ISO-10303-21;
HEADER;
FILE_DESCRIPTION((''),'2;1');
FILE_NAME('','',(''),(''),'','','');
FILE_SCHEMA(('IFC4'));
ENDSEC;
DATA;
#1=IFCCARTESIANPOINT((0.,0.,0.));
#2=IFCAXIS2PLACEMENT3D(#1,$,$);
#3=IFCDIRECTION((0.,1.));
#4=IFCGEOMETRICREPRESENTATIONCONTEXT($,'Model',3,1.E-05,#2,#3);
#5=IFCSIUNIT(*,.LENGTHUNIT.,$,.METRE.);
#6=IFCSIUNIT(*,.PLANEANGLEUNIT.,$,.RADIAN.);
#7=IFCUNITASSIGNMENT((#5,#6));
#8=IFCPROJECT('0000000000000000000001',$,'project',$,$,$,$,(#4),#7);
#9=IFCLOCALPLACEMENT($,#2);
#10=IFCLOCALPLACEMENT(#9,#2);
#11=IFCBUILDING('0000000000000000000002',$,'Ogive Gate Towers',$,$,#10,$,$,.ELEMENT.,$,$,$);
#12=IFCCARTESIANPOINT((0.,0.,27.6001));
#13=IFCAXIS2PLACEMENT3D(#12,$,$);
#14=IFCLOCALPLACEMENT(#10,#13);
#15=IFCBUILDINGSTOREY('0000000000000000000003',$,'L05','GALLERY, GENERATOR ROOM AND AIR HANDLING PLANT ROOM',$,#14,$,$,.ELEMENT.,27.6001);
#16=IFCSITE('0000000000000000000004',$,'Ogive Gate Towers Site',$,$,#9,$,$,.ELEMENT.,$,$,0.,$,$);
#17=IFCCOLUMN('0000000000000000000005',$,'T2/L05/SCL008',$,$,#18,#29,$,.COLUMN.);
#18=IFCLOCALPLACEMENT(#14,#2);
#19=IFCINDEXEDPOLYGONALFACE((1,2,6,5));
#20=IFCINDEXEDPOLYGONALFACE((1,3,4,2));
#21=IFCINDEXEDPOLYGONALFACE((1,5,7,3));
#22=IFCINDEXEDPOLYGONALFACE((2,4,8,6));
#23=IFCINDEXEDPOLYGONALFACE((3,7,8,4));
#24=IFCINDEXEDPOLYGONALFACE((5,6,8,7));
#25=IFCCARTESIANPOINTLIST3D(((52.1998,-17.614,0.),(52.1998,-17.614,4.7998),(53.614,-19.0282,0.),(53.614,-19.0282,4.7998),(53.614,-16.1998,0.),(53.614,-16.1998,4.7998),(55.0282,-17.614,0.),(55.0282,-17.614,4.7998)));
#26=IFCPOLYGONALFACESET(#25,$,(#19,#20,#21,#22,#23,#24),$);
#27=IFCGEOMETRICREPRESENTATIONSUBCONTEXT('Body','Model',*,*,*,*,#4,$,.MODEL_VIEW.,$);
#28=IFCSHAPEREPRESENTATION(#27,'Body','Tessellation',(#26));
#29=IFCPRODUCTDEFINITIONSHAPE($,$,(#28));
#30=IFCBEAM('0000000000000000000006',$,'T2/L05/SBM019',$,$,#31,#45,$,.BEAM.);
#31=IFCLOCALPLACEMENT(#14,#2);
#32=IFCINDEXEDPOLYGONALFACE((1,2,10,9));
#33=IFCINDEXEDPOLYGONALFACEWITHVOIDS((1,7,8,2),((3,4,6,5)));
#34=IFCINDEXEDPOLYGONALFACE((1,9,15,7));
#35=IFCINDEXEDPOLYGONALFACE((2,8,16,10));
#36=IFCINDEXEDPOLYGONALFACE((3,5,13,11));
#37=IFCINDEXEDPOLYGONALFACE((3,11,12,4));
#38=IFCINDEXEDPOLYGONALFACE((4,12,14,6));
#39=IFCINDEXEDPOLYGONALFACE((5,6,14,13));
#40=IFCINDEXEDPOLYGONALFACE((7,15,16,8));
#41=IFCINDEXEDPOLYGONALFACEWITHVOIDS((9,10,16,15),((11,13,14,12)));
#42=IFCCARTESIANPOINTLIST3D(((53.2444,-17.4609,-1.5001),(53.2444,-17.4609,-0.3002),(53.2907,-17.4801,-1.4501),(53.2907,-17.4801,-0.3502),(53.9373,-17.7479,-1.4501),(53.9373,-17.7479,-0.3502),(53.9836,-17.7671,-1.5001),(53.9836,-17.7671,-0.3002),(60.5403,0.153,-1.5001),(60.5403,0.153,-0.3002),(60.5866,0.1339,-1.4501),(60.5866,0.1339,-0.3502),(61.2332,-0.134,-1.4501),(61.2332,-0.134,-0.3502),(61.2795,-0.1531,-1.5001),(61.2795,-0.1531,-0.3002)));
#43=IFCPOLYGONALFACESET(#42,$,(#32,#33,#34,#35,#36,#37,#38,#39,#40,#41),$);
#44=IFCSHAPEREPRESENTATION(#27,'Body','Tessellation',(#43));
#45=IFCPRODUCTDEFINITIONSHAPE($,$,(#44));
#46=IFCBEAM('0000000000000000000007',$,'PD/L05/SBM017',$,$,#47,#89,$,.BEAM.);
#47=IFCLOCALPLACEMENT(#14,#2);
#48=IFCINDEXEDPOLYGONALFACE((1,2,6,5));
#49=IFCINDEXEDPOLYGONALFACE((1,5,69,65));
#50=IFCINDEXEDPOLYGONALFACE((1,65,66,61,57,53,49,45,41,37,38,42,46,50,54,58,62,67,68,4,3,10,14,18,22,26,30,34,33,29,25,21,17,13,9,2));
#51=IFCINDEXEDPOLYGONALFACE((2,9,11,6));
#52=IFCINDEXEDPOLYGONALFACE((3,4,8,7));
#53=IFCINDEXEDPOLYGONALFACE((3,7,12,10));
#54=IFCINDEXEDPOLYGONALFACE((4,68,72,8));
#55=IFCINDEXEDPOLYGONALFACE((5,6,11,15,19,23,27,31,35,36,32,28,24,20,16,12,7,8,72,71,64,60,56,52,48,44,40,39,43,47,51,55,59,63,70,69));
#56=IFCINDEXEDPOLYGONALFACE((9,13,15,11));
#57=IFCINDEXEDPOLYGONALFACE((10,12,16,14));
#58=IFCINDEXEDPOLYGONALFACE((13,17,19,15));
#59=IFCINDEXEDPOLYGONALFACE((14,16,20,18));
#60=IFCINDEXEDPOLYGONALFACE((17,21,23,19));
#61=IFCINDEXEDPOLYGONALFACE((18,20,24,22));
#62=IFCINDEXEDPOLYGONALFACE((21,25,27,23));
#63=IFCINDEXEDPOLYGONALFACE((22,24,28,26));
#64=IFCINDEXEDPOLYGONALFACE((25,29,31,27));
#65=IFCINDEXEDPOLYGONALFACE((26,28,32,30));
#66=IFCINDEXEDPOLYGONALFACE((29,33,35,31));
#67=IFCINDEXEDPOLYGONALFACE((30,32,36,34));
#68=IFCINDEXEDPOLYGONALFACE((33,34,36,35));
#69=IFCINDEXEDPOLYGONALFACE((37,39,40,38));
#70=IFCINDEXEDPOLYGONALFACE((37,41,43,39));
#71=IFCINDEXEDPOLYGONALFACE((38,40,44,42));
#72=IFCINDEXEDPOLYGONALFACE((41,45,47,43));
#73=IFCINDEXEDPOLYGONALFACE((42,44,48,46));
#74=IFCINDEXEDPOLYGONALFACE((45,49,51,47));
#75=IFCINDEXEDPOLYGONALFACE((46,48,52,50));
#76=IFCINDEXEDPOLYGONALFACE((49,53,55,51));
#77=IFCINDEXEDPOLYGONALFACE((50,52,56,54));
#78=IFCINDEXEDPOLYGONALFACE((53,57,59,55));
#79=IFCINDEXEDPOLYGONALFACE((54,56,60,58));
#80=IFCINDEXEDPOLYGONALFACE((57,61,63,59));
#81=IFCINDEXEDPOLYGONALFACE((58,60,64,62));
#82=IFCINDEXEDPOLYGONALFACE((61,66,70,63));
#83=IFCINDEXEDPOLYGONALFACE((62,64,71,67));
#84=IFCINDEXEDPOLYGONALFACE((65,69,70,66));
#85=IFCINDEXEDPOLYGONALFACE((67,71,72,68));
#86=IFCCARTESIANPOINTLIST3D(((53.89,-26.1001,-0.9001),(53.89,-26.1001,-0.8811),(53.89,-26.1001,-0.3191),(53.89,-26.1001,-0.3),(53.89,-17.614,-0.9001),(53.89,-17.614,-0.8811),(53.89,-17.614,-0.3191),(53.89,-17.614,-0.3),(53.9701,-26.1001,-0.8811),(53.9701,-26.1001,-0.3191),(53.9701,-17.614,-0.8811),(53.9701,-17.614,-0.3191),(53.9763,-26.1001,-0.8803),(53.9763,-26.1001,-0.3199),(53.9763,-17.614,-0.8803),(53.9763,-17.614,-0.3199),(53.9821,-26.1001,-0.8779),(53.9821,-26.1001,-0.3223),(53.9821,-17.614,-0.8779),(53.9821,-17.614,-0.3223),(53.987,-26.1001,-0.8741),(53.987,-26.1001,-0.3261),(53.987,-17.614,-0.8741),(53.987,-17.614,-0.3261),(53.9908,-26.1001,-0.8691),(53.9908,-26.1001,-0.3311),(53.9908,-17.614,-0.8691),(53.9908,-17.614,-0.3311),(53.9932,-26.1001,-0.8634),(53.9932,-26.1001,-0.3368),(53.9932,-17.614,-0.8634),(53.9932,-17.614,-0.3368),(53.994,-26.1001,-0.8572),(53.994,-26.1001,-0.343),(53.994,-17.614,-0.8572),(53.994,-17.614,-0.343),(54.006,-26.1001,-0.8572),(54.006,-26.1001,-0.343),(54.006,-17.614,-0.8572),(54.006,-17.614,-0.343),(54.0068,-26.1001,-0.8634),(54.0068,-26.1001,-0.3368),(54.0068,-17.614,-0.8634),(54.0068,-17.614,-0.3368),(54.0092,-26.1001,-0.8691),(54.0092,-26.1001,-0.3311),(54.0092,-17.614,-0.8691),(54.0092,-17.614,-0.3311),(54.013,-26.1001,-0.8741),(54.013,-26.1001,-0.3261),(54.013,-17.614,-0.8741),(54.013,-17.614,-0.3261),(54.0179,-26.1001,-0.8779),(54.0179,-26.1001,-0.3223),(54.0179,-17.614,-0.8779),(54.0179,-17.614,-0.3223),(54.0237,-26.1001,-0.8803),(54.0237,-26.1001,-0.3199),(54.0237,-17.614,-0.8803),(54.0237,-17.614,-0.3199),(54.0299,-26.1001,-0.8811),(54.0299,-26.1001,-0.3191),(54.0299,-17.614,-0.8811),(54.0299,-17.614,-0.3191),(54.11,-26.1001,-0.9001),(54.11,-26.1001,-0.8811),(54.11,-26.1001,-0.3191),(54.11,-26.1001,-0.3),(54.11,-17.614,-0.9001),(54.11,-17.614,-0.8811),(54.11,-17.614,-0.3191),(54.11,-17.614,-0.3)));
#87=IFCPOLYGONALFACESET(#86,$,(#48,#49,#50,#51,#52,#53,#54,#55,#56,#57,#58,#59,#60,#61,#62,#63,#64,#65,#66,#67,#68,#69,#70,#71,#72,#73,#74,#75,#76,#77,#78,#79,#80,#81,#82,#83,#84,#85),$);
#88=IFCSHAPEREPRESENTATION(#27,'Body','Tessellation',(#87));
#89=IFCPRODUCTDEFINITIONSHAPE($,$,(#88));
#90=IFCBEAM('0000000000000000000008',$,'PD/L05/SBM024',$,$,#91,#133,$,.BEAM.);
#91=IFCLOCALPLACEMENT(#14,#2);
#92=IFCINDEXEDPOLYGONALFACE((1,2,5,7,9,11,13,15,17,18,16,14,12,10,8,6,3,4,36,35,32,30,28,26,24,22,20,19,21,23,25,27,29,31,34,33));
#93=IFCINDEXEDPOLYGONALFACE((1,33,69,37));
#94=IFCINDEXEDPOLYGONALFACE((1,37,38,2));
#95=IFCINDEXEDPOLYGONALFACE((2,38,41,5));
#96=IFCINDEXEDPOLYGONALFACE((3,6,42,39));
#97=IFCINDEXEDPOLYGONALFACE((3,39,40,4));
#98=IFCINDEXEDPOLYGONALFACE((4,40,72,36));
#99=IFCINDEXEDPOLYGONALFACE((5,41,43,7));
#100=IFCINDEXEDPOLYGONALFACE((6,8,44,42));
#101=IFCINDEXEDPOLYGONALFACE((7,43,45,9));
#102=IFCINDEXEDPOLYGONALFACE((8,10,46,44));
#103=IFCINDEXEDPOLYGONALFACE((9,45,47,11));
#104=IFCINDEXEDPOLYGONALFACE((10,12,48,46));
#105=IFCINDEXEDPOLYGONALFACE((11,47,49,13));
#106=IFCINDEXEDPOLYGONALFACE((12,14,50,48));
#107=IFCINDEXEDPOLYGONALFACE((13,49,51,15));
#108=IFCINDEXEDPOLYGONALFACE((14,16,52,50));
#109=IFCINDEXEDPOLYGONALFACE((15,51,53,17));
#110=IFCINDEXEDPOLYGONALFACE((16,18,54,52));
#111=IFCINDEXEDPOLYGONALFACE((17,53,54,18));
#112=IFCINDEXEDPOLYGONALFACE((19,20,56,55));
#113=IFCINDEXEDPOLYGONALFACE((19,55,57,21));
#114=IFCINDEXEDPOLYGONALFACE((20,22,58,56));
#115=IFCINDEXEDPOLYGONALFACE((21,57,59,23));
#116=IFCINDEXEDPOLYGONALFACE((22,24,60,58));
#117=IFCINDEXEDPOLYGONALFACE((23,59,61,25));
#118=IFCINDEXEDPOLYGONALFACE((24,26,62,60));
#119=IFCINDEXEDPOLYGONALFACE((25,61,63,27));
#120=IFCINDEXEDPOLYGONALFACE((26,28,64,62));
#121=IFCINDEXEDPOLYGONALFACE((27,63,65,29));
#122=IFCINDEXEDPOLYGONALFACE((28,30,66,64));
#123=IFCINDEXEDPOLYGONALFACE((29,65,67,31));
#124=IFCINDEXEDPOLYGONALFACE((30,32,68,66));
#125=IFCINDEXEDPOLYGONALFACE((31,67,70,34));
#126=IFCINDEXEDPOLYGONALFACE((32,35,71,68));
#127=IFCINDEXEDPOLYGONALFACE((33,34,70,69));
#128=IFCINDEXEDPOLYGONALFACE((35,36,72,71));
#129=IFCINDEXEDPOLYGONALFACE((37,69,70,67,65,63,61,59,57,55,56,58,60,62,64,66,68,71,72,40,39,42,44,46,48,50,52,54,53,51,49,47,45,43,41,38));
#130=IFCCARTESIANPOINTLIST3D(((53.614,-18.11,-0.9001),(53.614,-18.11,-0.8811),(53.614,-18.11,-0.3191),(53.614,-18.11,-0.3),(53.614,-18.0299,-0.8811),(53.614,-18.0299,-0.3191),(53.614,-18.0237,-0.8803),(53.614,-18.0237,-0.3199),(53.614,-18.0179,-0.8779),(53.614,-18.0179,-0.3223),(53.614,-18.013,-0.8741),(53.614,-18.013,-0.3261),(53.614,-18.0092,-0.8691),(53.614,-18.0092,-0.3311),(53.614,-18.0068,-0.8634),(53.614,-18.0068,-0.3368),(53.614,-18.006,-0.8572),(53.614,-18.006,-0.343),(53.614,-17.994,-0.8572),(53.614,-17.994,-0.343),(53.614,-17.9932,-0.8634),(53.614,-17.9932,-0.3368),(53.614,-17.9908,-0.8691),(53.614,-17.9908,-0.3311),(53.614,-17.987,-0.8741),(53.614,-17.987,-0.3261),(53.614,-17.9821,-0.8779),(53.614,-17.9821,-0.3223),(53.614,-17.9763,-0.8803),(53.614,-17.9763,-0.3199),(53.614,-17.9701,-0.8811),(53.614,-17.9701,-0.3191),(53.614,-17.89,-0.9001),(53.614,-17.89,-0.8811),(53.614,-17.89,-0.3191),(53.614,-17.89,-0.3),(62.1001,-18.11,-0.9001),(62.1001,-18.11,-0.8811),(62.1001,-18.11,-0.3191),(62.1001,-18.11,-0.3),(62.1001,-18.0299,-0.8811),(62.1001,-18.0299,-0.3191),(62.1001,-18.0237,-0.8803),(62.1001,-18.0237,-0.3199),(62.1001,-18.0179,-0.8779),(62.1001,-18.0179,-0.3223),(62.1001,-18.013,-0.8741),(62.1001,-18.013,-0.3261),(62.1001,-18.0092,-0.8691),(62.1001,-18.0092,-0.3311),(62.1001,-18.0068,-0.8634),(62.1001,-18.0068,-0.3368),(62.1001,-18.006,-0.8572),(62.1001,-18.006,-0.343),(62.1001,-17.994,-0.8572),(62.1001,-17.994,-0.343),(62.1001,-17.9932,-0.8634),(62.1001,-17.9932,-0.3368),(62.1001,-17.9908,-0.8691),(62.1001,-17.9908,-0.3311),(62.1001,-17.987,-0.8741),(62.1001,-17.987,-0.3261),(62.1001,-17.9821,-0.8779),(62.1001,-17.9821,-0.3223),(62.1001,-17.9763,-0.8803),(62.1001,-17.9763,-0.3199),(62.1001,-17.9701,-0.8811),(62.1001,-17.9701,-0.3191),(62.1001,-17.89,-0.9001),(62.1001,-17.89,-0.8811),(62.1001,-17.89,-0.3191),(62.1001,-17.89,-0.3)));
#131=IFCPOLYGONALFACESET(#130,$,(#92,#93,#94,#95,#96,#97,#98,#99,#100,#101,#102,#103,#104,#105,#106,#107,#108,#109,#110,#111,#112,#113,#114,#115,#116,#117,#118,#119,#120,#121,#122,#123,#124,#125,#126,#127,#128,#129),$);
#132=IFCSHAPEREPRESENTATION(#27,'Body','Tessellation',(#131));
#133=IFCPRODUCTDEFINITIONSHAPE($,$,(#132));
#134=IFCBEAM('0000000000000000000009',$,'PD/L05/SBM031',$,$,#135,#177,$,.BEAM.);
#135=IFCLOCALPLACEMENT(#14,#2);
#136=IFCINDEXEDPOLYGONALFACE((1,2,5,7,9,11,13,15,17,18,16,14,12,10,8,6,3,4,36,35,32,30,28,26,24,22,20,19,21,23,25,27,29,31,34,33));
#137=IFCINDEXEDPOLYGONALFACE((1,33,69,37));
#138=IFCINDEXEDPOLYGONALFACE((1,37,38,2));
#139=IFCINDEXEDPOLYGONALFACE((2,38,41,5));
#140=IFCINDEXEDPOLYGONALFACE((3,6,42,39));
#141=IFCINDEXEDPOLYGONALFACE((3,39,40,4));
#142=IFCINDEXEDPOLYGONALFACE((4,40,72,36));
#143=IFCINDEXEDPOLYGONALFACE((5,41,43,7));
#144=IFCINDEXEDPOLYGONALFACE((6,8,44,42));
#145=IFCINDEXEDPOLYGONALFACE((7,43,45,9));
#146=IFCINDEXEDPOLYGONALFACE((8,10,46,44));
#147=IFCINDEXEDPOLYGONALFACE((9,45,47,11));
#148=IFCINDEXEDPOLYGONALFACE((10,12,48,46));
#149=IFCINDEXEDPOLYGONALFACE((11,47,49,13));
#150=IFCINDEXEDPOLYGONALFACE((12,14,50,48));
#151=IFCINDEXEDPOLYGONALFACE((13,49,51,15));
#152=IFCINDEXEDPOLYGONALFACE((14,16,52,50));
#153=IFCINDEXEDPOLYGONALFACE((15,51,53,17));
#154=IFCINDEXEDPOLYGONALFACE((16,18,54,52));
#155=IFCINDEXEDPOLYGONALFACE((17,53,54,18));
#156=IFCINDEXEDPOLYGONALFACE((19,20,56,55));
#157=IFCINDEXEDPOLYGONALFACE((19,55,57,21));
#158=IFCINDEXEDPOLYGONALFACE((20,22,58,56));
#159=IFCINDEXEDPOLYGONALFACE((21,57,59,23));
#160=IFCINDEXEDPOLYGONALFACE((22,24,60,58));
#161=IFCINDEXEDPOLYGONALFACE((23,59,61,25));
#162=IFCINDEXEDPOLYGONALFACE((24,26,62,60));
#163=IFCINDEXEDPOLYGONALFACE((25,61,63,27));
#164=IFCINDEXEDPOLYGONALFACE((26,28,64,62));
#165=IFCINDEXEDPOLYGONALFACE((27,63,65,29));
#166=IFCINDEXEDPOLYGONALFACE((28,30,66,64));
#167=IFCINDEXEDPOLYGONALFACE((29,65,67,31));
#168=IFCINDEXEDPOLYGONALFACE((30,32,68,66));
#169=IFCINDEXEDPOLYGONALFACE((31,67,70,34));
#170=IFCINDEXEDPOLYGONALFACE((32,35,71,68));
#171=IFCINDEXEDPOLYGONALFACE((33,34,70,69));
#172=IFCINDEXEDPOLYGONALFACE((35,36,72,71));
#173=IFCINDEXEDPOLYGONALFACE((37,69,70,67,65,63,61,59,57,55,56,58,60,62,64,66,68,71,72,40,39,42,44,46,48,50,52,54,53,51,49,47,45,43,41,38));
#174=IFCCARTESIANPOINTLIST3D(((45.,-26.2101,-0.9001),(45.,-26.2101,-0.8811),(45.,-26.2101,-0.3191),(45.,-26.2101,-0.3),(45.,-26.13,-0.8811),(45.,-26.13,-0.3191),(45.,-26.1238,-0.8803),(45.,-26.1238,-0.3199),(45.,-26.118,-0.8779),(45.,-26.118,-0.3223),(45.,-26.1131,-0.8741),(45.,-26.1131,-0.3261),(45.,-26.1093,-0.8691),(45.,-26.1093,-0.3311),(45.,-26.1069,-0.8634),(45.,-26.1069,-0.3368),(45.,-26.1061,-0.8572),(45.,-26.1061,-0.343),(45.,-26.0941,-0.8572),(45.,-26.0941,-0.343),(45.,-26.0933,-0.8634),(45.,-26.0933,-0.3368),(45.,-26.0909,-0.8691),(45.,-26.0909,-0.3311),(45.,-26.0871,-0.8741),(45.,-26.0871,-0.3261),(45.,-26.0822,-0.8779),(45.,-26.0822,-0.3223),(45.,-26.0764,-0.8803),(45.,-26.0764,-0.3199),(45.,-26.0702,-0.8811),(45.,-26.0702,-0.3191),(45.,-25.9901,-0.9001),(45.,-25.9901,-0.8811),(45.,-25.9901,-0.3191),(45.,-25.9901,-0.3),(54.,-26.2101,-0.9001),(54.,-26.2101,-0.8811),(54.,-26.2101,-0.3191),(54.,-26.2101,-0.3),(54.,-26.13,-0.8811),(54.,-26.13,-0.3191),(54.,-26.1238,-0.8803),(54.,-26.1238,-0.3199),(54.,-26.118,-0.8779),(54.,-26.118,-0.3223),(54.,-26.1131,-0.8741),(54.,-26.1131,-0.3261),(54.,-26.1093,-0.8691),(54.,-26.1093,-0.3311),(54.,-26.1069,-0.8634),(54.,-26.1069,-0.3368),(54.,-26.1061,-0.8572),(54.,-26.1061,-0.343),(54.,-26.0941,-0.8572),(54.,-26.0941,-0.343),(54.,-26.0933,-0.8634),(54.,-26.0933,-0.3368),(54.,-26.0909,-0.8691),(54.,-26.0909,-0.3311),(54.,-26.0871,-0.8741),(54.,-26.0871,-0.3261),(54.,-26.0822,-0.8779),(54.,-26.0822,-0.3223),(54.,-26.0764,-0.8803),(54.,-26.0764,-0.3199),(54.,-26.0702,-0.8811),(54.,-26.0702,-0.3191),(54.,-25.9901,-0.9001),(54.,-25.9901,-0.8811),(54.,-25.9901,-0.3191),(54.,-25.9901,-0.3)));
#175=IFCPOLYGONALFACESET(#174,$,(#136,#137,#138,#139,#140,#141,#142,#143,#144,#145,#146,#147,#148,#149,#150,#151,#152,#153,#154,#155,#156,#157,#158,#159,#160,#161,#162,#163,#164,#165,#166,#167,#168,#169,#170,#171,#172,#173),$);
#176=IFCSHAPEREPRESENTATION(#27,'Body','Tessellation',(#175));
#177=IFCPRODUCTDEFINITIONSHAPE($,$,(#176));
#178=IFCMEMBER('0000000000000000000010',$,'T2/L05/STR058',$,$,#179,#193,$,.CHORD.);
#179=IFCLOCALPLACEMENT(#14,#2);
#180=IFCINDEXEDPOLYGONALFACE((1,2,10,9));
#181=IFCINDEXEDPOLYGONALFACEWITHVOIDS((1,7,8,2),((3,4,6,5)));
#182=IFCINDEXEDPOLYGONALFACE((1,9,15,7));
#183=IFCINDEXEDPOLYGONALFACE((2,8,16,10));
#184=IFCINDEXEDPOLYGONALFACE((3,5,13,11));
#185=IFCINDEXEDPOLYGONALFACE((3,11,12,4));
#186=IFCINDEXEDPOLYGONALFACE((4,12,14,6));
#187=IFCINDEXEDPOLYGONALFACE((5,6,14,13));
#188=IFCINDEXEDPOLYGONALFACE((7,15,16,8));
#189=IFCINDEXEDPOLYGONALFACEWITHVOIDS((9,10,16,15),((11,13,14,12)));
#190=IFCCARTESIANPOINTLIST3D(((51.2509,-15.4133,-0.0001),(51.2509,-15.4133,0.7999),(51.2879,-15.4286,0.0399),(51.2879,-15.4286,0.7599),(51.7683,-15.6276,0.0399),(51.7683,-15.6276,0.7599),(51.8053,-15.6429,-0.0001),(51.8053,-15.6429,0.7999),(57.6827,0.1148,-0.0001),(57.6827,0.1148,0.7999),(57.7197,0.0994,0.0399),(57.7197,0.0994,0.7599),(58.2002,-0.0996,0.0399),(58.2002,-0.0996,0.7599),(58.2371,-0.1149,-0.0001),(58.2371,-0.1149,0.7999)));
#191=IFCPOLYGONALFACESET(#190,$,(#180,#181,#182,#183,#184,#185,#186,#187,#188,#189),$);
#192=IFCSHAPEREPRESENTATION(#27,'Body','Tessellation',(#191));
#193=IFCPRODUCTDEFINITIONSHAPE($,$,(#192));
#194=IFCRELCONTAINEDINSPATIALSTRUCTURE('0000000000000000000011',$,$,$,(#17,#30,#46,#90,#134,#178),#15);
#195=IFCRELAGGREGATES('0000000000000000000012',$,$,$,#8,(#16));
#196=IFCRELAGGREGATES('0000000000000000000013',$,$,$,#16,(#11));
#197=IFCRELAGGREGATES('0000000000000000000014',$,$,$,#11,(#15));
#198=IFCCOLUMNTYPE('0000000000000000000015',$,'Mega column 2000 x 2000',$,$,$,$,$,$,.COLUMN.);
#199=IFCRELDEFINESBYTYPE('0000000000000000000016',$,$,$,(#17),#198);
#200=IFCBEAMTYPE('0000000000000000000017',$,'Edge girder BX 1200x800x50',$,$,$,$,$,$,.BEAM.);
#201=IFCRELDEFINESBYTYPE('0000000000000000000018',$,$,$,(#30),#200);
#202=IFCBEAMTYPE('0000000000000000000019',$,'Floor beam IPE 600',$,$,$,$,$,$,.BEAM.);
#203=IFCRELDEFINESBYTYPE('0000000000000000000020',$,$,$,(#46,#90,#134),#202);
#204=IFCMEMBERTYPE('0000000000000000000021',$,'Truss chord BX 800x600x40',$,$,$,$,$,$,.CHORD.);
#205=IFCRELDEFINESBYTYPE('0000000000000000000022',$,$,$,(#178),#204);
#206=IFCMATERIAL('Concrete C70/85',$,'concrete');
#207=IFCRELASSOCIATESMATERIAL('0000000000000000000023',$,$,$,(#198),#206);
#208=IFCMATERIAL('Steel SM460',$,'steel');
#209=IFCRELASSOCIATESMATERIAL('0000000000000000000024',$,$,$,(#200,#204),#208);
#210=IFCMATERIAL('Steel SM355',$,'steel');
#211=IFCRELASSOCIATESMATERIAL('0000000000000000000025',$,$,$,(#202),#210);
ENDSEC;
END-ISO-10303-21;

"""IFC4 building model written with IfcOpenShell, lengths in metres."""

from ifc_helpers import new_model, si_unit, direction, frame, origin, origin_2d, place, context, subcontext, project, spatial, rectangle, hollow_rectangle, i_section, extrude, material, material_profile, profile_set, type_object, element, save


model = new_model("IFC4")

# Units and contexts
model_context = context("Model", 3, precision=1e-05, world=origin(), true_north=direction((0.0, 1.0)))
body_context = subcontext(model_context, "Body", "Model", "MODEL_VIEW")
ifc_project = project(units=[si_unit("LENGTHUNIT", "METRE"), si_unit("PLANEANGLEUNIT", "RADIAN")], contexts=[model_context])

# Site, building, storey
site_placement = place(None, origin())
site = spatial("IfcSite", under=ifc_project, at=site_placement, Name="Ogive Gate Towers Site", CompositionType="ELEMENT", RefElevation=0.0)
building_placement = place(site_placement, origin())
building = spatial("IfcBuilding", under=site, at=building_placement, Name="Ogive Gate Towers", CompositionType="ELEMENT")
storey_placement = place(building_placement, frame((0.0, 0.0, 27.6001)))
storey = spatial("IfcBuildingStorey", under=building, at=storey_placement, Name="L05", Description="GALLERY, GENERATOR ROOM AND AIR HANDLING PLANT ROOM", CompositionType="ELEMENT", Elevation=27.6001)

# Column
ifc_material_1 = material(Name="Concrete C70/85", Category="concrete")
ifc_material_profile_1 = material_profile(ifc_material_1, rectangle(XDim=2.0, YDim=2.0, at=origin_2d()), Name="RC 2000x2000")
ifc_profile_set_1 = profile_set([ifc_material_profile_1], Name="Concrete C70/85")
column_type = type_object("IfcColumnType", Name="Mega column 2000 x 2000", PredefinedType="COLUMN", material=ifc_profile_set_1)
column_placement = place(storey_placement, frame((53.614, -17.614, 0.0), z_axis=(0.0, 0.0, 1.0), x_axis=(0.707107, -0.707107, 0.0)))
element("IfcColumn", 1, at=column_placement, inside=storey, type_object=column_type, Name="T2/L05/SCL008", PredefinedType="COLUMN", context=body_context, shape_type="SweptSolid", body=[
    extrude(rectangle(XDim=2.0, YDim=2.0, at=origin_2d()), origin(), (0.0, 0.0, 1.0), 4.7998),
])

# Beams
ifc_material_2 = material(Name="Steel SM460", Category="steel")
ifc_material_profile_2 = material_profile(ifc_material_2, hollow_rectangle(XDim=0.8, YDim=1.2, WallThickness=0.05, at=origin_2d()), Name="BX 1200x800x50")
ifc_profile_set_2 = profile_set([ifc_material_profile_2], Name="Steel SM460")
beam_type_1 = type_object("IfcBeamType", Name="Edge girder BX 1200x800x50", PredefinedType="BEAM", material=ifc_profile_set_2)
beam_1_placement = place(storey_placement, frame((53.614, -17.614, -0.9001), z_axis=(0.382681, 0.923881, 0.0), x_axis=(-0.923881, 0.382681, 0.0)))
element("IfcBeam", 2, at=beam_1_placement, inside=storey, type_object=beam_type_1, Name="T2/L05/SBM019", PredefinedType="BEAM", context=body_context, shape_type="SweptSolid", body=[
    extrude(hollow_rectangle(XDim=0.8, YDim=1.2, WallThickness=0.05, at=origin_2d()), origin(), (0.0, 0.0, 1.0), 19.0652),
])
ifc_material_3 = material(Name="Steel SM355", Category="steel")
ifc_material_profile_3 = material_profile(ifc_material_3, i_section(OverallWidth=0.22, OverallDepth=0.6001, WebThickness=0.012, FlangeThickness=0.019, FilletRadius=0.0239, at=origin_2d()), Name="IPE 600")
ifc_profile_set_3 = profile_set([ifc_material_profile_3], Name="Steel SM355")
beam_type_2 = type_object("IfcBeamType", Name="Floor beam IPE 600", PredefinedType="BEAM", material=ifc_profile_set_3)
for number, where, z_axis, x_axis, name in (
    (3, (54.0, -26.1001, -0.6001), (0.0, 1.0, 0.0), (-1.0, 0.0, 0.0), "PD/L05/SBM017"),
    (4, (53.614, -18.0, -0.6001), (1.0, 0.0, 0.0), (0.0, 1.0, 0.0), "PD/L05/SBM024"),
):
    element("IfcBeam", number, at=place(storey_placement, frame(where, z_axis=z_axis, x_axis=x_axis)), inside=storey, type_object=beam_type_2, Name=name, PredefinedType="BEAM", context=body_context, shape_type="SweptSolid", body=[
        extrude(i_section(OverallWidth=0.22, OverallDepth=0.6001, WebThickness=0.012, FlangeThickness=0.019, FilletRadius=0.0239, at=origin_2d()), origin(), (0.0, 0.0, 1.0), 8.4861),
    ])
beam_2_placement = place(storey_placement, frame((54.0, -26.1001, -0.6001), z_axis=(-1.0, 0.0, 0.0), x_axis=(0.0, -1.0, 0.0)))
element("IfcBeam", 5, at=beam_2_placement, inside=storey, type_object=beam_type_2, Name="PD/L05/SBM031", PredefinedType="BEAM", context=body_context, shape_type="SweptSolid", body=[
    extrude(i_section(OverallWidth=0.22, OverallDepth=0.6001, WebThickness=0.012, FlangeThickness=0.019, FilletRadius=0.0239, at=origin_2d()), origin(), (0.0, 0.0, 1.0), 9.0),
])

# Member
ifc_material_profile_4 = material_profile(ifc_material_2, hollow_rectangle(XDim=0.6001, YDim=0.8, WallThickness=0.04, at=origin_2d()), Name="BX 800x600x40")
ifc_profile_set_4 = profile_set([ifc_material_profile_4], Name="Steel SM460")
member_type_1 = type_object("IfcMemberType", Name="Truss chord BX 800x600x40", PredefinedType="CHORD", material=ifc_profile_set_4)
for number, where, z_axis, x_axis, name in (
    (6, (51.5281, -15.5281, 0.3999), (0.382681, 0.923881, 0.0), (-0.923881, 0.382681, 0.0), "T2/L05/STR058"),
):
    element("IfcMember", number, at=place(storey_placement, frame(where, z_axis=z_axis, x_axis=x_axis)), inside=storey, type_object=member_type_1, Name=name, PredefinedType="CHORD", context=body_context, shape_type="SweptSolid", body=[
        extrude(hollow_rectangle(XDim=0.6001, YDim=0.8, WallThickness=0.04, at=origin_2d()), origin(), (0.0, 0.0, 1.0), 16.8074),
    ])

save(model, "model.ifc")
